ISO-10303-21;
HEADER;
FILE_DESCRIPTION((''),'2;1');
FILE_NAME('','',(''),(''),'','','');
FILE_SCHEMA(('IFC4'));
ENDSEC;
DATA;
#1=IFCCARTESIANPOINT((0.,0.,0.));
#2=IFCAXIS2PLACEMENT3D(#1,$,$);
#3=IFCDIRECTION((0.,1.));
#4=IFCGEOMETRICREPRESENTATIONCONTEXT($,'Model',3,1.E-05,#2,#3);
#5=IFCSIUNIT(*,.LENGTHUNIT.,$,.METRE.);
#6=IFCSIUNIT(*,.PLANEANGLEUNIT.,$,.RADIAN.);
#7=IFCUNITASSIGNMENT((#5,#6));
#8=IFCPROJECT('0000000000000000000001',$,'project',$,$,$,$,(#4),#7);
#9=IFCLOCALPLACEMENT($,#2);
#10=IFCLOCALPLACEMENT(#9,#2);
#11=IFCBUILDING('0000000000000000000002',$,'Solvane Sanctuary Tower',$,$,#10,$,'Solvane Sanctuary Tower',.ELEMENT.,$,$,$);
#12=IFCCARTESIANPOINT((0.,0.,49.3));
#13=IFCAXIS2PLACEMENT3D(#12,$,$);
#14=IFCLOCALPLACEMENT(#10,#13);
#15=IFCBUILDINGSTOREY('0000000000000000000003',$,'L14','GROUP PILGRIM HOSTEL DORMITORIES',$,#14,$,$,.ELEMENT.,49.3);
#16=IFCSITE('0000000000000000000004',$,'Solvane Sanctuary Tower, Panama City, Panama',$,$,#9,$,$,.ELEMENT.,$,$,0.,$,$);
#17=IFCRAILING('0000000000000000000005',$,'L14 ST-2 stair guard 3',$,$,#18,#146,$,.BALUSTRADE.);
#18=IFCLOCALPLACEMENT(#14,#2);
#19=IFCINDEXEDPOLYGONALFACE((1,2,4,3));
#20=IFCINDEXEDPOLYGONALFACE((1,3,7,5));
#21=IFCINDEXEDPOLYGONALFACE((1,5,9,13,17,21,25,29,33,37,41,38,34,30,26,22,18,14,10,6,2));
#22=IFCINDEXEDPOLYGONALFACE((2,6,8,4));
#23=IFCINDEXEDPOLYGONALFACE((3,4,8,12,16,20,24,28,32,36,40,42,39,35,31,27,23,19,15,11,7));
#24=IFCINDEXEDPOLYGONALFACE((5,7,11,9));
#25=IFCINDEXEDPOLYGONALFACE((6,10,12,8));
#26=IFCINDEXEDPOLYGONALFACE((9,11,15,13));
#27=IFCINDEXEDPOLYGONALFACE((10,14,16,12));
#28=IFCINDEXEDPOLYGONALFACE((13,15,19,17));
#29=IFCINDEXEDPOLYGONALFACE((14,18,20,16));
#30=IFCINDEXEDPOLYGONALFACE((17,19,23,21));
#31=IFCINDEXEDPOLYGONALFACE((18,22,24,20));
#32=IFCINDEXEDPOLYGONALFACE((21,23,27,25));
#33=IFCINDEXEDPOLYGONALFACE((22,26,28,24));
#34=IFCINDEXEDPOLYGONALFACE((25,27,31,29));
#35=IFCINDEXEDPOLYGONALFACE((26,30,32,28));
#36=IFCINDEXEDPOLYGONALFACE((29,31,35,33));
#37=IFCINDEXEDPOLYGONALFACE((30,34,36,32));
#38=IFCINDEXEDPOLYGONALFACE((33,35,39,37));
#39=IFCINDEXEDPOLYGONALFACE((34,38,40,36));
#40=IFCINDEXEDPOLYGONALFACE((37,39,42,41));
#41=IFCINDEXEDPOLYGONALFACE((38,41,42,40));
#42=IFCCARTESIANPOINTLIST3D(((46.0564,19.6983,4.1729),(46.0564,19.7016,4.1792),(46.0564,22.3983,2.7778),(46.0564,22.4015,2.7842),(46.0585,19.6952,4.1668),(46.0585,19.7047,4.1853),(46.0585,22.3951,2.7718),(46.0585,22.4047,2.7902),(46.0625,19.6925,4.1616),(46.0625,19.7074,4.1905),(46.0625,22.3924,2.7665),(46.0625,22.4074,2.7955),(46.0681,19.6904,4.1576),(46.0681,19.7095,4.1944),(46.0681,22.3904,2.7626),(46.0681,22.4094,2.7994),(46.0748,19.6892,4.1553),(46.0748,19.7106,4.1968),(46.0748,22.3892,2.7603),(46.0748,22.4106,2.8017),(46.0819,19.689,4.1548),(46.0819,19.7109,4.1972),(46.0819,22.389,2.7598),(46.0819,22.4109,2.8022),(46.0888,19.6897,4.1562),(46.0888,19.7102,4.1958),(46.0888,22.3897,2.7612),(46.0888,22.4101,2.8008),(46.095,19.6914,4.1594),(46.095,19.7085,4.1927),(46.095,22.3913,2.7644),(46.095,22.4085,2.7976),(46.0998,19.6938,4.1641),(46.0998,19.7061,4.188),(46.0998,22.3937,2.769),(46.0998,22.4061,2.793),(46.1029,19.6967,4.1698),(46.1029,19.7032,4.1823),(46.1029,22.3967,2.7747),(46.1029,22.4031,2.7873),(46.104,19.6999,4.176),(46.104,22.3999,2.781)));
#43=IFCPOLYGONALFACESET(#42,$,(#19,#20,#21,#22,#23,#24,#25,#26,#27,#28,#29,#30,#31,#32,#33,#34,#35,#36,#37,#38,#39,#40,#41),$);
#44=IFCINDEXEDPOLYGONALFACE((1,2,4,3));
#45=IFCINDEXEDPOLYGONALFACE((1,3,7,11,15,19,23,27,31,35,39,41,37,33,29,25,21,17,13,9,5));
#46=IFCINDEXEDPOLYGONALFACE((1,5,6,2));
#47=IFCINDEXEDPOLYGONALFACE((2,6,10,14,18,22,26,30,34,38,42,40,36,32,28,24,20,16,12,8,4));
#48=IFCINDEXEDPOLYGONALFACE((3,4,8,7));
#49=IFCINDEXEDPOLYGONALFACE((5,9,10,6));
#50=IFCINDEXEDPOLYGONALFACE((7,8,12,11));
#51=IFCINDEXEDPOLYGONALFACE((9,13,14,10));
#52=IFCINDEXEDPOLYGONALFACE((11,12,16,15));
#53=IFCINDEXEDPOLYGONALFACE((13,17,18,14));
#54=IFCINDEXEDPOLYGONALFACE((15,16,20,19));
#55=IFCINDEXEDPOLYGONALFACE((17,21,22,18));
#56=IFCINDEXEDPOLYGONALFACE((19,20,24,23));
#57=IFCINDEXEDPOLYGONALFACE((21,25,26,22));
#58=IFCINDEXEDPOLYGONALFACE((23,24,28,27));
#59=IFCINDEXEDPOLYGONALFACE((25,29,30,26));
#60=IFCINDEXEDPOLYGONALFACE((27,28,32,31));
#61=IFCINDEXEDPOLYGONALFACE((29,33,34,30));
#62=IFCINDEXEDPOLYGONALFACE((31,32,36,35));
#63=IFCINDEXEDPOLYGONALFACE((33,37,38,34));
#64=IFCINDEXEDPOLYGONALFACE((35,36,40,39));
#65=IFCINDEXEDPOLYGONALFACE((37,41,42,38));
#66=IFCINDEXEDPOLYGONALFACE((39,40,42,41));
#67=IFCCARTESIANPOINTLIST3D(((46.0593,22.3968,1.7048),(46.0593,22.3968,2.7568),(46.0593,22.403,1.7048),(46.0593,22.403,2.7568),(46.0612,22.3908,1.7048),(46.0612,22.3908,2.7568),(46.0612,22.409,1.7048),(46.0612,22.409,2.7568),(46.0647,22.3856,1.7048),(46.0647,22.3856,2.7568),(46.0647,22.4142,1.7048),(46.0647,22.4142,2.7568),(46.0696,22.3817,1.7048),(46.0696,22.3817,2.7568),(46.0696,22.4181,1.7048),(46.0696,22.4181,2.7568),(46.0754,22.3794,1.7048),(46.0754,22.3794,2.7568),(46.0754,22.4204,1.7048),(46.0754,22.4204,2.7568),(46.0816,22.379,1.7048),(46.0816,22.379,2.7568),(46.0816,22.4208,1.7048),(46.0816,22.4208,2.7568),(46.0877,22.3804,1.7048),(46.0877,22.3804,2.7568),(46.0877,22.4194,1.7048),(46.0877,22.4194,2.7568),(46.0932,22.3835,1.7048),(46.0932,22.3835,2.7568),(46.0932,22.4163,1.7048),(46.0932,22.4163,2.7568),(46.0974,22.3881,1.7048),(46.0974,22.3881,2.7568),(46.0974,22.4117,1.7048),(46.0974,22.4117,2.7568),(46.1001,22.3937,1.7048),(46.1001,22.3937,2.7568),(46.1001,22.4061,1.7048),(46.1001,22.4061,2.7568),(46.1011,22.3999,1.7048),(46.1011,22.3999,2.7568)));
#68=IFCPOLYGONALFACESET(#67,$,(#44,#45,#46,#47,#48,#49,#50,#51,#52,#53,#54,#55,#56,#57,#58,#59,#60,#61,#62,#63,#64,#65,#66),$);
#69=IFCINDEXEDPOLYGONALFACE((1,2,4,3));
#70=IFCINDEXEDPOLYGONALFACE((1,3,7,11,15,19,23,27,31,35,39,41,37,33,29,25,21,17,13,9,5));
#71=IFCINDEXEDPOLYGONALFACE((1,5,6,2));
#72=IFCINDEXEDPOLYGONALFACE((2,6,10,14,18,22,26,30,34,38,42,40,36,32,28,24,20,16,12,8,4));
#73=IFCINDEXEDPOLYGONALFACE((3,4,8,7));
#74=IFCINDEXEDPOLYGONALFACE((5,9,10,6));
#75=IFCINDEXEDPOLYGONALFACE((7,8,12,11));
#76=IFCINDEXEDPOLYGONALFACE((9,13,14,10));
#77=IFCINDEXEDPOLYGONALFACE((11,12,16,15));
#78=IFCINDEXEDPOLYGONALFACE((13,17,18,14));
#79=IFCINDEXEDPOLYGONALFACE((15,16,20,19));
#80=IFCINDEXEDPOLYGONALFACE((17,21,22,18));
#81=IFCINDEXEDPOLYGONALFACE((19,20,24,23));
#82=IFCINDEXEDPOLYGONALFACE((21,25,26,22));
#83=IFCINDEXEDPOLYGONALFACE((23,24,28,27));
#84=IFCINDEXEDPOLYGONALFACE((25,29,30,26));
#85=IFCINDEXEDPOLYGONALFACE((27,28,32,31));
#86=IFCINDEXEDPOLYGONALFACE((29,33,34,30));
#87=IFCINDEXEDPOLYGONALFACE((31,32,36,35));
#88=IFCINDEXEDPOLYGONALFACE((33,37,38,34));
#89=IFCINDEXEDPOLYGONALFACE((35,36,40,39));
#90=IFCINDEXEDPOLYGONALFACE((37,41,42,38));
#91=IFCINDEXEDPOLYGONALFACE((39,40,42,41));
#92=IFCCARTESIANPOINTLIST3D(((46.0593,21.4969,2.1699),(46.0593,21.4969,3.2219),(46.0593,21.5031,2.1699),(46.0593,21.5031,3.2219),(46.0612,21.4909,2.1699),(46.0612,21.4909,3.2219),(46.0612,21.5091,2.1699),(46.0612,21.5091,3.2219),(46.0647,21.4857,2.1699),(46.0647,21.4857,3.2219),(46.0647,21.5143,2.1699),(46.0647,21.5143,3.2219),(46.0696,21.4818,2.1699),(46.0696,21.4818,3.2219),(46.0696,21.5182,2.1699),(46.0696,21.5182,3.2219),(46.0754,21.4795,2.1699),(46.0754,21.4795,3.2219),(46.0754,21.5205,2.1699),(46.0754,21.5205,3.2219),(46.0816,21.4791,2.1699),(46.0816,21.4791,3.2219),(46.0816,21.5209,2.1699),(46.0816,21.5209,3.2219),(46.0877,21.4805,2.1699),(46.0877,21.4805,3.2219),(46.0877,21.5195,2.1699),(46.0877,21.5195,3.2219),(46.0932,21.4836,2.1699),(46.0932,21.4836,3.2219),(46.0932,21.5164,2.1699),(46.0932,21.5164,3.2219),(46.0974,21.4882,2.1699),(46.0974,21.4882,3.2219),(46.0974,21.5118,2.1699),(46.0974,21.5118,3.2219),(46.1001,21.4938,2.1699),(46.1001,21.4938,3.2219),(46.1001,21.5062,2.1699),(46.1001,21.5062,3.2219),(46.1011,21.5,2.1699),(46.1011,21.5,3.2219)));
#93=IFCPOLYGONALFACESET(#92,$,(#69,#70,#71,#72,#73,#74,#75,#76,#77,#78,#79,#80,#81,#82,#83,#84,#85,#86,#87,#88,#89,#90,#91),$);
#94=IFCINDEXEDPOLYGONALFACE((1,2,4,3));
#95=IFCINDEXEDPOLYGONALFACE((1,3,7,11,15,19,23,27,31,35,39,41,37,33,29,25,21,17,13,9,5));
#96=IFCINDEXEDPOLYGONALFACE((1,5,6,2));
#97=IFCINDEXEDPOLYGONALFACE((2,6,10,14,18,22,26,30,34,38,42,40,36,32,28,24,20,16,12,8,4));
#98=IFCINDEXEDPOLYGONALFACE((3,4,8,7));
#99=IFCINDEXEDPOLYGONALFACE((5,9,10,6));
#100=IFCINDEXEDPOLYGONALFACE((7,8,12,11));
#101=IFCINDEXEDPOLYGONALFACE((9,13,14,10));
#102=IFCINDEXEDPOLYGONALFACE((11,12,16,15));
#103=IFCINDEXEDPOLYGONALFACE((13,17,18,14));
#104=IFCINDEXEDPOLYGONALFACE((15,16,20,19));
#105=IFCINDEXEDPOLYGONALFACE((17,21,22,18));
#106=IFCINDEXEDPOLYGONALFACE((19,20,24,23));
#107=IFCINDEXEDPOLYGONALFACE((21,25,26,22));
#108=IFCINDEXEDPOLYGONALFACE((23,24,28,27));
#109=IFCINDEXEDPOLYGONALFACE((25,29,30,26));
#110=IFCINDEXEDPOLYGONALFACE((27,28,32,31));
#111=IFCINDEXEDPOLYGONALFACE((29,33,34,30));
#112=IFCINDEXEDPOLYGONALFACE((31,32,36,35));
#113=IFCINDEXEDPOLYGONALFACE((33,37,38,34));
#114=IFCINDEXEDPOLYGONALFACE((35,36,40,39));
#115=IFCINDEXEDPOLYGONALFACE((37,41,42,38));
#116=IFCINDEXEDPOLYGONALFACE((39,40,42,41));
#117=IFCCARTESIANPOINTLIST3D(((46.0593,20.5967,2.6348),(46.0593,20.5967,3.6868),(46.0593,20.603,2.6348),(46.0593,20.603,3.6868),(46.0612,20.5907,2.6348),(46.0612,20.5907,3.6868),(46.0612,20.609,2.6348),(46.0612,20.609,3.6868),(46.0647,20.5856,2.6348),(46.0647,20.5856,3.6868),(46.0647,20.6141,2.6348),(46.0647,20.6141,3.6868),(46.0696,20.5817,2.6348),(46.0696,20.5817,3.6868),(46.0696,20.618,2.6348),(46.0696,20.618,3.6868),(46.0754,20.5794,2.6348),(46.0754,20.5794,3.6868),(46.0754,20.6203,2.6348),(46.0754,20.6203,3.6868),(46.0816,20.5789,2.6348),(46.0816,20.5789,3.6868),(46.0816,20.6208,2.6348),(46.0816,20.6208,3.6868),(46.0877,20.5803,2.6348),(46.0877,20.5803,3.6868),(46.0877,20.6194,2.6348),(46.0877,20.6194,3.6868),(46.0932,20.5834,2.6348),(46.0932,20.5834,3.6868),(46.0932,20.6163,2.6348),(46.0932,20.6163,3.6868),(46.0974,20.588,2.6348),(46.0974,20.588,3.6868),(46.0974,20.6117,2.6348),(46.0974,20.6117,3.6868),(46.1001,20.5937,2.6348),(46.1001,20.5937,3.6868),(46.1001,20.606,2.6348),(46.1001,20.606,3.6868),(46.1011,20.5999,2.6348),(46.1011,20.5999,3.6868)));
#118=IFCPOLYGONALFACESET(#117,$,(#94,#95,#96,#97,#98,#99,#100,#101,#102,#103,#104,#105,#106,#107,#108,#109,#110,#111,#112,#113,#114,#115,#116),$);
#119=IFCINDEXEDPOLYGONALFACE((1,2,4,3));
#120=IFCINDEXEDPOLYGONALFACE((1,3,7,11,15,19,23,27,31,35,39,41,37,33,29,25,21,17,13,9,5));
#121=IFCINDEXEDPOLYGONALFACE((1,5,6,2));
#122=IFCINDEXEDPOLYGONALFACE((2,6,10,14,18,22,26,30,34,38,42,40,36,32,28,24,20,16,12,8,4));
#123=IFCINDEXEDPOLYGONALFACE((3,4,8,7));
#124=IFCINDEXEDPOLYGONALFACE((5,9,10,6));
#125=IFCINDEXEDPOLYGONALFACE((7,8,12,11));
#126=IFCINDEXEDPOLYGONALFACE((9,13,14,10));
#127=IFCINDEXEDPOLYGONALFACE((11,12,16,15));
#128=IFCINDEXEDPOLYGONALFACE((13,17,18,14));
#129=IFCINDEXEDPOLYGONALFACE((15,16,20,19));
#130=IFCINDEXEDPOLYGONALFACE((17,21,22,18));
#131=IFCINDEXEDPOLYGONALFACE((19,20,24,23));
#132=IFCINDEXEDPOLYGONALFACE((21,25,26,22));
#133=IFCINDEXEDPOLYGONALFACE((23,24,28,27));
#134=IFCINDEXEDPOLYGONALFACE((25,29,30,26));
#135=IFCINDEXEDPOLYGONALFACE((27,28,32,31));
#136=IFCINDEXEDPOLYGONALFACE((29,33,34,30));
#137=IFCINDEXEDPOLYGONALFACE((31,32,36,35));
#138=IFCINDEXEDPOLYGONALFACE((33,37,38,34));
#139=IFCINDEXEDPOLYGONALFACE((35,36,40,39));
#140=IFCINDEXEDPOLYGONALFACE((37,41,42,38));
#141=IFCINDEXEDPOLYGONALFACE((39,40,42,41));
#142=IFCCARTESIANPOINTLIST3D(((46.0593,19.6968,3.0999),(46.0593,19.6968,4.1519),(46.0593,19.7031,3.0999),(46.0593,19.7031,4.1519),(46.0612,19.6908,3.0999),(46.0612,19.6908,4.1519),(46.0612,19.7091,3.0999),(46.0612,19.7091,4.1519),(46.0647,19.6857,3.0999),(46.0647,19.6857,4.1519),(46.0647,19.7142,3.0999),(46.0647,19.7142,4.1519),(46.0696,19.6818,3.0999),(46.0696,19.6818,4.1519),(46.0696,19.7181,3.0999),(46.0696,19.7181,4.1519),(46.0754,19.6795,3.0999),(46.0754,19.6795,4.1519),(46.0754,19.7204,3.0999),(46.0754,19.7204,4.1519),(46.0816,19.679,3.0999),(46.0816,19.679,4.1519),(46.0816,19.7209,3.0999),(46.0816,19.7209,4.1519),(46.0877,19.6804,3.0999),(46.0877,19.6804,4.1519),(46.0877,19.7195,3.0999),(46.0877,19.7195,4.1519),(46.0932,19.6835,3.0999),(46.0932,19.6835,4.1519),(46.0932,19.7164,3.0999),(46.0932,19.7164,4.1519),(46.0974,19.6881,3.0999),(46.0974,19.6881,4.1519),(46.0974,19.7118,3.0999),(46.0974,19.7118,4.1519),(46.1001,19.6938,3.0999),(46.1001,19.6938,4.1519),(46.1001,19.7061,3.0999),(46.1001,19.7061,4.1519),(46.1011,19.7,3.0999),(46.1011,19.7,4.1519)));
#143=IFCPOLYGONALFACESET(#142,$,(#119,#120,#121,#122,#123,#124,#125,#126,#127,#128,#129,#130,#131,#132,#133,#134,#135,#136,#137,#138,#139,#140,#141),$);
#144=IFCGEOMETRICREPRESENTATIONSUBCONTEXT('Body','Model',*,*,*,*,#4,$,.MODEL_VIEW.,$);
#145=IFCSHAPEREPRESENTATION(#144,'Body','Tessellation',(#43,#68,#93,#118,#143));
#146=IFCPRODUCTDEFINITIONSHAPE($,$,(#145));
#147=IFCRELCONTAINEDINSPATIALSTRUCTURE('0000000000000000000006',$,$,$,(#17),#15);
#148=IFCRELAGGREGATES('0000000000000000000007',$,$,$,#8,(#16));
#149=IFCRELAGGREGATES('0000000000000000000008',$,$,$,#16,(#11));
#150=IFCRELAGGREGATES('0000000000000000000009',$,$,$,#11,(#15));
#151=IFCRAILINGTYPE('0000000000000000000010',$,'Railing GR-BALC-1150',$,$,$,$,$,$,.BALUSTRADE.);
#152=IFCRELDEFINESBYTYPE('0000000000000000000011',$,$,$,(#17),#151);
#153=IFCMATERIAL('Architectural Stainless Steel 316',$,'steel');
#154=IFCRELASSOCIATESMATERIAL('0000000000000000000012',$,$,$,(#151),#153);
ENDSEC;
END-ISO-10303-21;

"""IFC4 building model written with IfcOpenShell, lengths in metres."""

from ifc_helpers import new_model, si_unit, direction, frame, origin, origin_2d, place, context, subcontext, project, spatial, circle, extrude, material, type_object, element, save


model = new_model("IFC4")

# Units and contexts
model_context = context("Model", 3, precision=1e-05, world=origin(), true_north=direction((0.0, 1.0)))
body_context = subcontext(model_context, "Body", "Model", "MODEL_VIEW")
ifc_project = project(units=[si_unit("LENGTHUNIT", "METRE"), si_unit("PLANEANGLEUNIT", "RADIAN")], contexts=[model_context])

# Site, building, storey
site_placement = place(None, origin())
site = spatial("IfcSite", under=ifc_project, at=site_placement, Name="Solvane Sanctuary Tower, Panama City, Panama", CompositionType="ELEMENT", RefElevation=0.0)
building_placement = place(site_placement, origin())
building = spatial("IfcBuilding", under=site, at=building_placement, Name="Solvane Sanctuary Tower", LongName="Solvane Sanctuary Tower", CompositionType="ELEMENT")
storey_placement = place(building_placement, frame((0.0, 0.0, 49.3)))
storey = spatial("IfcBuildingStorey", under=building, at=storey_placement, Name="L14", Description="GROUP PILGRIM HOSTEL DORMITORIES", CompositionType="ELEMENT", Elevation=49.3)

# Shared definitions
ifc_material_1 = material(Name="Architectural Stainless Steel 316", Category="steel")

# Railing
railing_type_1 = type_object("IfcRailingType", Name="Railing GR-BALC-1150", PredefinedType="BALUSTRADE", material=ifc_material_1)
railing_1_placement = place(storey_placement, frame((46.0801, 22.3999, 1.7048)))
element("IfcRailing", 1, at=railing_1_placement, inside=storey, type_object=railing_type_1, Name="L14 ST-2 stair guard 3", PredefinedType="BALUSTRADE", context=body_context, shape_type="SweptSolid", body=[
    extrude(circle(Radius=0.0239, at=origin_2d()), frame((0.0, 0.0, 1.0762), z_axis=(0.0, -0.88842, 0.459032), x_axis=(1.0, 0.0, 0.0)), (0.0, 0.0, 1.0), 3.0391),
    extrude(circle(Radius=0.021, at=origin_2d()), origin(), (0.0, 0.0, 1.0), 1.052),
    extrude(circle(Radius=0.021, at=origin_2d()), frame((0.0, -0.8999, 0.4651)), (0.0, 0.0, 1.0), 1.052),
    extrude(circle(Radius=0.021, at=origin_2d()), frame((0.0, -1.8, 0.9299)), (0.0, 0.0, 1.0), 1.052),
    extrude(circle(Radius=0.021, at=origin_2d()), frame((0.0, -2.7, 1.395)), (0.0, 0.0, 1.0), 1.052),
])

save(model, "model.ifc")
